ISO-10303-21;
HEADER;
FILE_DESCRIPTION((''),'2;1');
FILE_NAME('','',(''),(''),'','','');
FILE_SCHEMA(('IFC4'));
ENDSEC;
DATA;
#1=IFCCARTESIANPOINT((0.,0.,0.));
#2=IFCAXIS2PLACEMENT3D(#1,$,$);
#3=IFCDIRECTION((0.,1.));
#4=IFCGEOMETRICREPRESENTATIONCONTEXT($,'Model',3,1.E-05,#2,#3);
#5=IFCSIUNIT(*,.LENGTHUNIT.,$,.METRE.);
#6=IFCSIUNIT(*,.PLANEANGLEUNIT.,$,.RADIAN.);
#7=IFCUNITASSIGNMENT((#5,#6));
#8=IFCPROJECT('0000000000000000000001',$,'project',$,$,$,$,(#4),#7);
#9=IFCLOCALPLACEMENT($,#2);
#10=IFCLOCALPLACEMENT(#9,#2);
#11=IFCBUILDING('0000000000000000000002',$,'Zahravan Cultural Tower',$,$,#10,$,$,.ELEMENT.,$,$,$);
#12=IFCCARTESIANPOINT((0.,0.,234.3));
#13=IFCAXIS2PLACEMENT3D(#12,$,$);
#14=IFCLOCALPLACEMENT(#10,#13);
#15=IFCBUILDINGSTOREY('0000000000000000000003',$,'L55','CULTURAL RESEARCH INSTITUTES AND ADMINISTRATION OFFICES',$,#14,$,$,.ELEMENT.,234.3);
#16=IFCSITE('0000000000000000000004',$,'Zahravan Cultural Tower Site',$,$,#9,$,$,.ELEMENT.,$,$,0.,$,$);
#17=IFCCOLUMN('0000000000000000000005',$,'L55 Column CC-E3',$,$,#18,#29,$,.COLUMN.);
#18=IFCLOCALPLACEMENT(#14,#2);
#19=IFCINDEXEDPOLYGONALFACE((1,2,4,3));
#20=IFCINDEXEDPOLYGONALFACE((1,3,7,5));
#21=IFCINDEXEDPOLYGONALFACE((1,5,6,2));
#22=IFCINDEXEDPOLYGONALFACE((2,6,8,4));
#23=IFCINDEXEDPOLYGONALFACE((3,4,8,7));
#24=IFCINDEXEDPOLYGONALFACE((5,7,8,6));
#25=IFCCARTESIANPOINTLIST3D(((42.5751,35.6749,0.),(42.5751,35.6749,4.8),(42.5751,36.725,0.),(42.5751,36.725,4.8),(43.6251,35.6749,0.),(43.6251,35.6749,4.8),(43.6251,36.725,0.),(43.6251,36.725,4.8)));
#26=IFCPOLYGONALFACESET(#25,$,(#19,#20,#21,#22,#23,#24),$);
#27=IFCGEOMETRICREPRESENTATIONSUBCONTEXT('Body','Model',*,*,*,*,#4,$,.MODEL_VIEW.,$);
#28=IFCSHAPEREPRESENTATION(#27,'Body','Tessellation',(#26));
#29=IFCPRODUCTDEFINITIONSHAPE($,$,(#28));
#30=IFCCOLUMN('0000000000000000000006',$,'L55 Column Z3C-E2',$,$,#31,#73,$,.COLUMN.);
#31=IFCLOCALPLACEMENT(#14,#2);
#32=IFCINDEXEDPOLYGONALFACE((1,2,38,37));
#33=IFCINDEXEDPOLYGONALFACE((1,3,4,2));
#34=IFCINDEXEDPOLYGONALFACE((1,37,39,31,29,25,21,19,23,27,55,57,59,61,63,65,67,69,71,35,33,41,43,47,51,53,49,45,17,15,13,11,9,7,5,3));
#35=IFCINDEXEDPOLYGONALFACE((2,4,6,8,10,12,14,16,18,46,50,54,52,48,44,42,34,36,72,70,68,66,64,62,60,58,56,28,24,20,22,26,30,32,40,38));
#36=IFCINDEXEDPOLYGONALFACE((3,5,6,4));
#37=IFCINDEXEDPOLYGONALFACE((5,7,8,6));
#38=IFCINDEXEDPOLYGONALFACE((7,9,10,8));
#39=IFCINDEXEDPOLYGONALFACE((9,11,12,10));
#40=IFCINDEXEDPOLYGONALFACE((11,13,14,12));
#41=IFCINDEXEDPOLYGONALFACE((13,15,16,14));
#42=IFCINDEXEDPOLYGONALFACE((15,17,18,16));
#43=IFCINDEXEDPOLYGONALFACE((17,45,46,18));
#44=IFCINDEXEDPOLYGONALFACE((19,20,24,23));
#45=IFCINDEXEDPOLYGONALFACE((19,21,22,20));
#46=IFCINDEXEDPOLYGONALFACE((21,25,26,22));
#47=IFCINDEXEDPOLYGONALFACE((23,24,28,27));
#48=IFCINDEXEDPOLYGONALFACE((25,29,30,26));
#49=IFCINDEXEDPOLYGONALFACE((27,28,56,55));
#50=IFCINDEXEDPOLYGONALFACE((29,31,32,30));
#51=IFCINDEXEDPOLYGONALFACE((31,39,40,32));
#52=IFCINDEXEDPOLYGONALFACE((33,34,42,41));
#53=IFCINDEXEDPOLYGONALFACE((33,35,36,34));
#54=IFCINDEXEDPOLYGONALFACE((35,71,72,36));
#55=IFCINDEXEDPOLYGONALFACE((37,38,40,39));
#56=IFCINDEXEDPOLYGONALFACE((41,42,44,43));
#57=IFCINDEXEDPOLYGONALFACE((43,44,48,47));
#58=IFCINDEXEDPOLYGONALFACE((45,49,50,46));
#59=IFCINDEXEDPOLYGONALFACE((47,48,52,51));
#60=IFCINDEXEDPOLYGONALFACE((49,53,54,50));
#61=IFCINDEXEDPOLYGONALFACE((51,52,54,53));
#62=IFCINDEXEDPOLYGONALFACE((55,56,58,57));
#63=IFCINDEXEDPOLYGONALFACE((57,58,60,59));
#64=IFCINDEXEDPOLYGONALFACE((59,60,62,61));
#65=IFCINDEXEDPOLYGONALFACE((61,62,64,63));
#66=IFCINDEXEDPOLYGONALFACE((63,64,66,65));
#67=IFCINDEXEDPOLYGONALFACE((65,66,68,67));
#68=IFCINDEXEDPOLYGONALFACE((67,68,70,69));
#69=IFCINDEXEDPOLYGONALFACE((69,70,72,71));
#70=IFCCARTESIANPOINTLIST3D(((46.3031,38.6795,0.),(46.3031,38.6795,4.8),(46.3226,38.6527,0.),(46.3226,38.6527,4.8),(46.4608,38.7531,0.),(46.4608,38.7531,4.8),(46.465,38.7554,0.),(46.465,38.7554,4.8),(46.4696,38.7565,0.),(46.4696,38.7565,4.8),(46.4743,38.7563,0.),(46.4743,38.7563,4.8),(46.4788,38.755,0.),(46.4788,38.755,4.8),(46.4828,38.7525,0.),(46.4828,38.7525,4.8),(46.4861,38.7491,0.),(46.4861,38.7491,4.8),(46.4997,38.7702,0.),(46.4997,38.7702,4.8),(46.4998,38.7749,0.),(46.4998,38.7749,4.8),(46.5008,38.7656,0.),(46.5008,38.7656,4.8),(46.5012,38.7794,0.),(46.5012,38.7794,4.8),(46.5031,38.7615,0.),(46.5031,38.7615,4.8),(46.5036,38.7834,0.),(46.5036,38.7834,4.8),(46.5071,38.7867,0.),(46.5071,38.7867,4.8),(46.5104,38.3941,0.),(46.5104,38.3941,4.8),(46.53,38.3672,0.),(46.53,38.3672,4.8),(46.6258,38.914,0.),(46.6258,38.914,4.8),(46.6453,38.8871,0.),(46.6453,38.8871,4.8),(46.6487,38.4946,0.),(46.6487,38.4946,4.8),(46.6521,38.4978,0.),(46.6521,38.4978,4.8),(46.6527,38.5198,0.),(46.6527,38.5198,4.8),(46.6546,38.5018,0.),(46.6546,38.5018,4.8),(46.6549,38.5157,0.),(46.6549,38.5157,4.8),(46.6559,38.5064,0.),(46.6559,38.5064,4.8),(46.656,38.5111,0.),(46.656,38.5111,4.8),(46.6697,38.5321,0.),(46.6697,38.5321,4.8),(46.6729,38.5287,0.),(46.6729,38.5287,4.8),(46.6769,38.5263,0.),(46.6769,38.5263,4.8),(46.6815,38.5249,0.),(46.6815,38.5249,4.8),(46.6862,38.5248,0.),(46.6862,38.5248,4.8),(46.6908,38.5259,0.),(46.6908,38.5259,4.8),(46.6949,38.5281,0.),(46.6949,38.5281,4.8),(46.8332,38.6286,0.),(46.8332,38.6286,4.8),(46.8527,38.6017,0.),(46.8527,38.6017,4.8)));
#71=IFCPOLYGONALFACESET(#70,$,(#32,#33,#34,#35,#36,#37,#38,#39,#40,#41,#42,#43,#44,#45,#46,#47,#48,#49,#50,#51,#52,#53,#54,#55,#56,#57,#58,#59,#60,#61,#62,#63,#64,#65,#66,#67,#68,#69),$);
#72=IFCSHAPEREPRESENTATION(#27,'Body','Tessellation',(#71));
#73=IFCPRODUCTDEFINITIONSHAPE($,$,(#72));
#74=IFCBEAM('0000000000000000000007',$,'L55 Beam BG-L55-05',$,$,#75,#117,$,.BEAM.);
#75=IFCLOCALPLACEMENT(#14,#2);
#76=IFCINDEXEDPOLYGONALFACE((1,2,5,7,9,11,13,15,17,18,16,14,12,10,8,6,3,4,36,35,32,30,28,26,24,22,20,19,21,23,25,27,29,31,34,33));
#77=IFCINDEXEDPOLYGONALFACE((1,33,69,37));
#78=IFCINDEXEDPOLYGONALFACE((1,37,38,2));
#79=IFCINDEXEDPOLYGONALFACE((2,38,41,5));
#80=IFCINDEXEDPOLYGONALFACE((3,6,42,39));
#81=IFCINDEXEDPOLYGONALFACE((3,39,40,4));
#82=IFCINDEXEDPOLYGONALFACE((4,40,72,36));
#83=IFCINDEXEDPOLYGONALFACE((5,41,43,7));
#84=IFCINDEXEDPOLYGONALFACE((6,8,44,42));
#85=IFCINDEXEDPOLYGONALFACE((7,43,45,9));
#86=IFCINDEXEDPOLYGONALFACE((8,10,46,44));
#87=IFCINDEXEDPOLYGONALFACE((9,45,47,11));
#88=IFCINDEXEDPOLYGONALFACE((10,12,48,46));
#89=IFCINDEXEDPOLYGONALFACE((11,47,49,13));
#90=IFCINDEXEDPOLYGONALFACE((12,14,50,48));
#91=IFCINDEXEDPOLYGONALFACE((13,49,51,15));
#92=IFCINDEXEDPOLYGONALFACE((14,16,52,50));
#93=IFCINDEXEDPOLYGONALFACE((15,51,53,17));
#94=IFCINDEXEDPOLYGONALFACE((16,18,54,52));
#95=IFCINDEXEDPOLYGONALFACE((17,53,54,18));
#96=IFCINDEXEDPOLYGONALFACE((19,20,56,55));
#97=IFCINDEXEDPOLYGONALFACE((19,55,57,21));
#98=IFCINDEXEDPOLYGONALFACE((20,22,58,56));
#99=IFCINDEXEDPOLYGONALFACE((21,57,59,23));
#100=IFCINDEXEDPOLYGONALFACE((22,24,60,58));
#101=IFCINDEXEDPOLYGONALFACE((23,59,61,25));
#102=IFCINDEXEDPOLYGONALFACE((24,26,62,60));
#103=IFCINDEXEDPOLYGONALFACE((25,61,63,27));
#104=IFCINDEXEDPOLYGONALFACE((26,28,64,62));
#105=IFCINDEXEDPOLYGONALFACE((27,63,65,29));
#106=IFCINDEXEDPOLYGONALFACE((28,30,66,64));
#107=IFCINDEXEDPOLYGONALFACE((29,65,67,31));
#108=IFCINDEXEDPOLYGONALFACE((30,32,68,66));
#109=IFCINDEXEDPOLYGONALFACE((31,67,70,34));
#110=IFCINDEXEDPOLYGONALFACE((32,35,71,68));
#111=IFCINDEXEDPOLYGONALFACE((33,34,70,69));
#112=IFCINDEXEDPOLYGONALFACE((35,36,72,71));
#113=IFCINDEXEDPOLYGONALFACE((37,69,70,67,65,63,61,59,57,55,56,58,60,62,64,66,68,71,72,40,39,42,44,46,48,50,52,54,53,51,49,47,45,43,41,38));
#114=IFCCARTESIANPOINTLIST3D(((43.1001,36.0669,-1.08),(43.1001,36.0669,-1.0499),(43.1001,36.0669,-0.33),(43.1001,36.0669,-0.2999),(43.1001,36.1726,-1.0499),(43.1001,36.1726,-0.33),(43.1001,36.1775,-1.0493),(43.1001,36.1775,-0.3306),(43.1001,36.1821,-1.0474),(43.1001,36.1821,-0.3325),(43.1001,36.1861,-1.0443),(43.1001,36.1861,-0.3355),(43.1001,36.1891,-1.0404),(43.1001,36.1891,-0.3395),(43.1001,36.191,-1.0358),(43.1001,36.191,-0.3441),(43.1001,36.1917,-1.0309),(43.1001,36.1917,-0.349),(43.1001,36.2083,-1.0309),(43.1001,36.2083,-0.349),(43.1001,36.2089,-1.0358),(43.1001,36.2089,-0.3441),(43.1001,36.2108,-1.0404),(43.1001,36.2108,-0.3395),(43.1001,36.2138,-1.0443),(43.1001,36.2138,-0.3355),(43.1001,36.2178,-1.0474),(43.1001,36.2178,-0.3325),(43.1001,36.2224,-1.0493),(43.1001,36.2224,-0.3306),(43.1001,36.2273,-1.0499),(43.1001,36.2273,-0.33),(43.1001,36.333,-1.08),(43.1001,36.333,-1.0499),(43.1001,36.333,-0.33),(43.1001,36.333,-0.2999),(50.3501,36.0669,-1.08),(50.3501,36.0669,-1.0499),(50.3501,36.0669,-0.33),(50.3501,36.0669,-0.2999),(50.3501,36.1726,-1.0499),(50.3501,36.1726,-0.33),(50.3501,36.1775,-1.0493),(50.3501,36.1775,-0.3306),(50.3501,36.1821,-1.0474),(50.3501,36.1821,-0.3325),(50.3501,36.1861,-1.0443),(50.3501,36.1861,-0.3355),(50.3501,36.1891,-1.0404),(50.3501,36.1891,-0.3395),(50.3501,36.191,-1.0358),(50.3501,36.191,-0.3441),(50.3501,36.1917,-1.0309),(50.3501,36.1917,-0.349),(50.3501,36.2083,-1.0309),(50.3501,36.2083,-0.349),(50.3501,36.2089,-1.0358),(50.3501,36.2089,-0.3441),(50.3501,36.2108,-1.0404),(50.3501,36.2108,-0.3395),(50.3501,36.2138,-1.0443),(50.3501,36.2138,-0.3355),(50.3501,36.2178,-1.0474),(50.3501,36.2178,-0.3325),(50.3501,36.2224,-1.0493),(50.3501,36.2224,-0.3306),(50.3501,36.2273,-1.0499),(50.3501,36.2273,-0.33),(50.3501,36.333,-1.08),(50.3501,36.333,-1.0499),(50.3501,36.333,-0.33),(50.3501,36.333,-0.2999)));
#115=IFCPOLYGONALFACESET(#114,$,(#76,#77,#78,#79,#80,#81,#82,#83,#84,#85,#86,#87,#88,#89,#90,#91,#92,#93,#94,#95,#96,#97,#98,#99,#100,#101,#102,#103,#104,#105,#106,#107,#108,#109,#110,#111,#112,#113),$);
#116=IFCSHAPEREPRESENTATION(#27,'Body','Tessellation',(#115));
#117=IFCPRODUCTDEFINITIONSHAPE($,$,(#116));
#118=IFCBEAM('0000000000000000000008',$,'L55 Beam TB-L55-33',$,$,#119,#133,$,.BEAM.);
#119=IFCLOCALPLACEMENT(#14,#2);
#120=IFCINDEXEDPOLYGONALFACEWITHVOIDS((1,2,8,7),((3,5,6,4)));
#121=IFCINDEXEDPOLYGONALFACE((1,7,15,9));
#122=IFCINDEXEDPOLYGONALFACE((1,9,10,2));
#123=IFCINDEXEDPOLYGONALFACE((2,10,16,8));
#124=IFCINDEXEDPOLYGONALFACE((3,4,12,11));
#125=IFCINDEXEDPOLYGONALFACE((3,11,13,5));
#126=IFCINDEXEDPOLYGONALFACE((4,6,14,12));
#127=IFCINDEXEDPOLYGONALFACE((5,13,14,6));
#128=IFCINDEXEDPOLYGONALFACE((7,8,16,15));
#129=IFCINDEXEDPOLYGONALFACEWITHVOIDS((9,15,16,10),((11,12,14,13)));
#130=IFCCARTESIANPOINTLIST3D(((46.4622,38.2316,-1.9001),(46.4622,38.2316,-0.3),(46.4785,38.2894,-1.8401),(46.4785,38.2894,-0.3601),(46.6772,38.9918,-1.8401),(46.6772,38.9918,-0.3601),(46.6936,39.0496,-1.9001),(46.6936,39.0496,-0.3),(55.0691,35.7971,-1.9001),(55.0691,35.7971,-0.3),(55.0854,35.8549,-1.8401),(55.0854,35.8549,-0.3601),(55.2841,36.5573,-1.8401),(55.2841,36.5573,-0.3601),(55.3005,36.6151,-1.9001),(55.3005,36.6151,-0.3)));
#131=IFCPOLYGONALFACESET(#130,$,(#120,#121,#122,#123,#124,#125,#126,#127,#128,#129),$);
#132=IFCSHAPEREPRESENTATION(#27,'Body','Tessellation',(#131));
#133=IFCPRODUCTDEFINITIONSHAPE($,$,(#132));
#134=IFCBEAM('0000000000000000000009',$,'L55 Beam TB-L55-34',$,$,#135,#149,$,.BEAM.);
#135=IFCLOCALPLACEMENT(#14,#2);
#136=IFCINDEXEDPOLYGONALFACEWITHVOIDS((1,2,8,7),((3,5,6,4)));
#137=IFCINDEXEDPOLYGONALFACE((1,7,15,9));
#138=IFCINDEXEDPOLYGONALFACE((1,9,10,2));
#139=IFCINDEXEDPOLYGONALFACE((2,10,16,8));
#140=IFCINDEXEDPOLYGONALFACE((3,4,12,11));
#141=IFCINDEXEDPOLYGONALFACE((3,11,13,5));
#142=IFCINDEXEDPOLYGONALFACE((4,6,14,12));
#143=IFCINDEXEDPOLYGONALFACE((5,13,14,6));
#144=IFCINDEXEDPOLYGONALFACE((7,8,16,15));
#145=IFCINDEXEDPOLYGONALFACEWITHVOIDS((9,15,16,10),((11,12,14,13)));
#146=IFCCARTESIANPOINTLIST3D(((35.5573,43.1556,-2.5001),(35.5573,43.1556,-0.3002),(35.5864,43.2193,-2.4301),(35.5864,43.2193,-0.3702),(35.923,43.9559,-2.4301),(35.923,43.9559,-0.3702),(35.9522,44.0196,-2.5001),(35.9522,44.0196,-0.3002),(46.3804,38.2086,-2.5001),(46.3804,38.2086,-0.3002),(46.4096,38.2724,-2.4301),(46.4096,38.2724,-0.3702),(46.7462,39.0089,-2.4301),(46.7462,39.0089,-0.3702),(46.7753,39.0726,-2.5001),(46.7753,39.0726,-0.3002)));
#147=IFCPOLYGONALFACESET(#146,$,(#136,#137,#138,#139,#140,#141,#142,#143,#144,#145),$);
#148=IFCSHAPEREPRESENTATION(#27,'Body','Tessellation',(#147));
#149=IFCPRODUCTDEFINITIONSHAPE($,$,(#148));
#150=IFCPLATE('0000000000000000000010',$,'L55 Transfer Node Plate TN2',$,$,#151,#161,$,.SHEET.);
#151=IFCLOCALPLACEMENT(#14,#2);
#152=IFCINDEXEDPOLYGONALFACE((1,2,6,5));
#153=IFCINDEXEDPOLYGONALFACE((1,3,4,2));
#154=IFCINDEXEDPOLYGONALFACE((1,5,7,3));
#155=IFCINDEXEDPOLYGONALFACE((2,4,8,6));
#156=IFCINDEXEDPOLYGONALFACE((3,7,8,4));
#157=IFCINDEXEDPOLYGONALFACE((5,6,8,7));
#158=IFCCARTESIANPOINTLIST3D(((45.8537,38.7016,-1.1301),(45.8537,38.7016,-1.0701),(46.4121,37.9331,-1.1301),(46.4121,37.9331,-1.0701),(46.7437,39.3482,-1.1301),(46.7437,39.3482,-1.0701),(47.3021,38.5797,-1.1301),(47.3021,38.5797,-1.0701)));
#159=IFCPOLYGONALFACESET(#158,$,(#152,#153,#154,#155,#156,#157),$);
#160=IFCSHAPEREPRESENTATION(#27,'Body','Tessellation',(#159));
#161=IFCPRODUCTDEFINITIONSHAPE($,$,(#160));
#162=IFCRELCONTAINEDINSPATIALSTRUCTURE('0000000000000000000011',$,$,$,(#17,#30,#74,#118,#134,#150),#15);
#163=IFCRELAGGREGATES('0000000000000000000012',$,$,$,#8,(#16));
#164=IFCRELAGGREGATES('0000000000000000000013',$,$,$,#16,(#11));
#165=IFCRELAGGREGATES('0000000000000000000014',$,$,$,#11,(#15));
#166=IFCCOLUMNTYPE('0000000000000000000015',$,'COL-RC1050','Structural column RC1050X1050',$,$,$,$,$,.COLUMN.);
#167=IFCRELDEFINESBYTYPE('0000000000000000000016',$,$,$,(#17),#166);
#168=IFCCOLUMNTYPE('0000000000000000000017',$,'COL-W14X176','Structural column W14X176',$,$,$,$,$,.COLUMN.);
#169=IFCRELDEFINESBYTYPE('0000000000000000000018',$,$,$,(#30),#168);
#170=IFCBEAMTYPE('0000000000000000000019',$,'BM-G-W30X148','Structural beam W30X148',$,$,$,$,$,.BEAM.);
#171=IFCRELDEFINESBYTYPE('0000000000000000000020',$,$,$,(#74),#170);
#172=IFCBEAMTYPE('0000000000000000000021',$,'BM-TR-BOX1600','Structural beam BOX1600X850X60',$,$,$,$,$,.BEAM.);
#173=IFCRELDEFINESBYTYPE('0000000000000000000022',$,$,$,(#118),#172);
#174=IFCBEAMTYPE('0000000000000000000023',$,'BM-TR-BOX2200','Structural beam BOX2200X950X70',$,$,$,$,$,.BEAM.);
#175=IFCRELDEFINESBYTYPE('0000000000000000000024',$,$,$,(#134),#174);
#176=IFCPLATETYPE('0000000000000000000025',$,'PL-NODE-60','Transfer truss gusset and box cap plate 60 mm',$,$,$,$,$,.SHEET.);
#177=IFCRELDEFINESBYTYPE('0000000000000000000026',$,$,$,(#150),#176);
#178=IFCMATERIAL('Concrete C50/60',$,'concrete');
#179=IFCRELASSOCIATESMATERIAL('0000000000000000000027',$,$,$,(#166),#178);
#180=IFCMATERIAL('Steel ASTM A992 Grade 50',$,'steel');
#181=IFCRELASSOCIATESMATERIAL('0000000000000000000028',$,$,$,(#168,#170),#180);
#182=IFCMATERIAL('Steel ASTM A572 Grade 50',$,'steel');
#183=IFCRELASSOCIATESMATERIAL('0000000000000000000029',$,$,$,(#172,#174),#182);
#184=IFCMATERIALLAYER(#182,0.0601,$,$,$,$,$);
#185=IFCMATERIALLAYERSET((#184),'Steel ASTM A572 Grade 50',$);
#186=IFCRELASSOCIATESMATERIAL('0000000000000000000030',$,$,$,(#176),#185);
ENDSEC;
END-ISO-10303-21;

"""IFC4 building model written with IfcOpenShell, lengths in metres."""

from ifc_helpers import new_model, si_unit, direction, frame, origin, origin_2d, place, context, subcontext, project, spatial, rectangle, hollow_rectangle, i_section, extrude, source, transform, mapped, material, layer, layer_set, material_profile, profile_set, type_object, element, save


model = new_model("IFC4")

# Units and contexts
model_context = context("Model", 3, precision=1e-05, world=origin(), true_north=direction((0.0, 1.0)))
body_context = subcontext(model_context, "Body", "Model", "MODEL_VIEW")
ifc_project = project(units=[si_unit("LENGTHUNIT", "METRE"), si_unit("PLANEANGLEUNIT", "RADIAN")], contexts=[model_context])

# Site, building, storey
site_placement = place(None, origin())
site = spatial("IfcSite", under=ifc_project, at=site_placement, Name="Zahravan Cultural Tower Site", CompositionType="ELEMENT", RefElevation=0.0)
building_placement = place(site_placement, origin())
building = spatial("IfcBuilding", under=site, at=building_placement, Name="Zahravan Cultural Tower", CompositionType="ELEMENT")
storey_placement = place(building_placement, frame((0.0, 0.0, 234.3)))
storey = spatial("IfcBuildingStorey", under=building, at=storey_placement, Name="L55", Description="CULTURAL RESEARCH INSTITUTES AND ADMINISTRATION OFFICES", CompositionType="ELEMENT", Elevation=234.3)

# Columns
ifc_material_1 = material(Name="Concrete C50/60", Category="concrete")
ifc_material_profile_1 = material_profile(ifc_material_1, rectangle(XDim=1.05, YDim=1.05, at=origin_2d()), Name="RC1050X1050")
ifc_profile_set_1 = profile_set([ifc_material_profile_1], Name="Concrete C50/60")
column_type_1 = type_object("IfcColumnType", Name="COL-RC1050", Description="Structural column RC1050X1050", PredefinedType="COLUMN", material=ifc_profile_set_1)
shared_shape_1 = source(origin(), body_context, "Body", "SweptSolid", [
    extrude(rectangle(XDim=1.05, YDim=1.05, at=origin_2d()), origin(), (0.0, 0.0, 1.0), 4.8),
])
column_1_placement = place(storey_placement, frame((43.1001, 36.2, 0.0), z_axis=(0.0, 0.0, 1.0), x_axis=(1.0, 0.0, 0.0)))
element("IfcColumn", 1, at=column_1_placement, inside=storey, type_object=column_type_1, Name="L55 Column CC-E3", PredefinedType="COLUMN", context=body_context, shape_type="MappedRepresentation", body=[
    mapped(shared_shape_1, transform((0.0, 0.0, 0.0), x_axis=(1.0, 0.0, 0.0), y_axis=(0.0, 1.0, 0.0), z_axis=(0.0, 0.0, 1.0), scale=1.0)),
])
ifc_material_2 = material(Name="Steel ASTM A992 Grade 50", Category="steel")
ifc_material_profile_2 = material_profile(ifc_material_2, i_section(OverallWidth=0.3989, OverallDepth=0.386, WebThickness=0.021, FlangeThickness=0.0332, FilletRadius=0.0181, at=origin_2d()), Name="W14X176")
ifc_profile_set_2 = profile_set([ifc_material_profile_2], Name="Steel ASTM A992 Grade 50")
column_type_2 = type_object("IfcColumnType", Name="COL-W14X176", Description="Structural column W14X176", PredefinedType="COLUMN", material=ifc_profile_set_2)
shared_shape_2 = source(origin(), body_context, "Body", "SweptSolid", [
    extrude(i_section(OverallWidth=0.3989, OverallDepth=0.386, WebThickness=0.021, FlangeThickness=0.0332, FilletRadius=0.0181, at=origin_2d()), origin(), (0.0, 0.0, 1.0), 4.8),
])
column_2_placement = place(storey_placement, frame((46.5779, 38.6406, 0.0), z_axis=(0.0, 0.0, 1.0), x_axis=(0.809017, 0.587785, 0.0)))
element("IfcColumn", 2, at=column_2_placement, inside=storey, type_object=column_type_2, Name="L55 Column Z3C-E2", PredefinedType="COLUMN", context=body_context, shape_type="MappedRepresentation", body=[
    mapped(shared_shape_2, transform((0.0, 0.0, 0.0), x_axis=(1.0, 0.0, 0.0), y_axis=(0.0, 1.0, 0.0), z_axis=(0.0, 0.0, 1.0), scale=1.0)),
])

# Beams
ifc_material_profile_3 = material_profile(ifc_material_2, i_section(OverallWidth=0.2661, OverallDepth=0.78, WebThickness=0.0166, FlangeThickness=0.03, FilletRadius=0.019, at=origin_2d()), Name="W30X148")
ifc_profile_set_3 = profile_set([ifc_material_profile_3], Name="Steel ASTM A992 Grade 50")
beam_type_1 = type_object("IfcBeamType", Name="BM-G-W30X148", Description="Structural beam W30X148", PredefinedType="BEAM", material=ifc_profile_set_3)
shared_shape_3 = source(origin(), body_context, "Body", "SweptSolid", [
    extrude(i_section(OverallWidth=0.2661, OverallDepth=0.78, WebThickness=0.0166, FlangeThickness=0.03, FilletRadius=0.019, at=origin_2d()), origin(), (0.0, 0.0, 1.0), 7.25),
])
beam_1_placement = place(storey_placement, frame((43.1001, 36.2, -0.6899), z_axis=(1.0, 0.0, 0.0), x_axis=(0.0, 1.0, 0.0)))
element("IfcBeam", 3, at=beam_1_placement, inside=storey, type_object=beam_type_1, Name="L55 Beam BG-L55-05", PredefinedType="BEAM", context=body_context, shape_type="MappedRepresentation", body=[
    mapped(shared_shape_3, transform((0.0, 0.0, 0.0), x_axis=(1.0, 0.0, 0.0), y_axis=(0.0, 1.0, 0.0), z_axis=(0.0, 0.0, 1.0), scale=1.0)),
])
ifc_material_3 = material(Name="Steel ASTM A572 Grade 50", Category="steel")
ifc_material_profile_4 = material_profile(ifc_material_3, hollow_rectangle(XDim=0.8501, YDim=1.6001, WallThickness=0.0601, at=origin_2d()), Name="BOX1600X850X60")
ifc_profile_set_4 = profile_set([ifc_material_profile_4], Name="Steel ASTM A572 Grade 50")
beam_type_2 = type_object("IfcBeamType", Name="BM-TR-BOX1600", Description="Structural beam BOX1600X850X60", PredefinedType="BEAM", material=ifc_profile_set_4)
shared_shape_4 = source(origin(), body_context, "Body", "SweptSolid", [
    extrude(hollow_rectangle(XDim=0.8501, YDim=1.6001, WallThickness=0.0601, at=origin_2d()), origin(), (0.0, 0.0, 1.0), 8.9446),
])
beam_2_placement = place(storey_placement, frame((46.5779, 38.6406, -1.1001), z_axis=(0.962246, -0.272182, 0.0), x_axis=(0.272182, 0.962246, 0.0)))
element("IfcBeam", 4, at=beam_2_placement, inside=storey, type_object=beam_type_2, Name="L55 Beam TB-L55-33", PredefinedType="BEAM", context=body_context, shape_type="MappedRepresentation", body=[
    mapped(shared_shape_4, transform((0.0, 0.0, 0.0), x_axis=(1.0, 0.0, 0.0), y_axis=(0.0, 1.0, 0.0), z_axis=(0.0, 0.0, 1.0), scale=1.0)),
])
ifc_material_profile_5 = material_profile(ifc_material_3, hollow_rectangle(XDim=0.95, YDim=2.2, WallThickness=0.0701, at=origin_2d()), Name="BOX2200X950X70")
ifc_profile_set_5 = profile_set([ifc_material_profile_5], Name="Steel ASTM A572 Grade 50")
beam_type_3 = type_object("IfcBeamType", Name="BM-TR-BOX2200", Description="Structural beam BOX2200X950X70", PredefinedType="BEAM", material=ifc_profile_set_5)
shared_shape_5 = source(origin(), body_context, "Body", "SweptSolid", [
    extrude(hollow_rectangle(XDim=0.95, YDim=2.2, WallThickness=0.0701, at=origin_2d()), origin(), (0.0, 0.0, 1.0), 11.9001),
])
beam_3_placement = place(storey_placement, frame((46.5779, 38.6406, -1.4001), z_axis=(-0.909498, 0.415708, 0.0), x_axis=(-0.415708, -0.909498, 0.0)))
element("IfcBeam", 5, at=beam_3_placement, inside=storey, type_object=beam_type_3, Name="L55 Beam TB-L55-34", PredefinedType="BEAM", context=body_context, shape_type="MappedRepresentation", body=[
    mapped(shared_shape_5, transform((0.0, 0.0, 0.0), x_axis=(1.0, 0.0, 0.0), y_axis=(0.0, 1.0, 0.0), z_axis=(0.0, 0.0, 1.0), scale=1.0)),
])

# Plate
ifc_layer_1 = layer(ifc_material_3, 0.0601)
ifc_layer_set_1 = layer_set([ifc_layer_1], Name="Steel ASTM A572 Grade 50")
plate_type = type_object("IfcPlateType", Name="PL-NODE-60", Description="Transfer truss gusset and box cap plate 60 mm", PredefinedType="SHEET", material=ifc_layer_set_1)
shared_shape_6 = source(origin(), body_context, "Body", "SweptSolid", [
    extrude(rectangle(XDim=1.1001, YDim=0.95, at=origin_2d()), origin(), (0.0, 0.0, 1.0), 0.0601),
])
plate_placement = place(storey_placement, frame((46.5779, 38.6406, -1.1301), z_axis=(0.0, 0.0, 1.0), x_axis=(0.809017, 0.587785, 0.0)))
element("IfcPlate", 6, at=plate_placement, inside=storey, type_object=plate_type, Name="L55 Transfer Node Plate TN2", PredefinedType="SHEET", context=body_context, shape_type="MappedRepresentation", body=[
    mapped(shared_shape_6, transform((0.0, 0.0, 0.0), x_axis=(1.0, 0.0, 0.0), y_axis=(0.0, 1.0, 0.0), z_axis=(0.0, 0.0, 1.0), scale=1.0)),
])

save(model, "model.ifc")
